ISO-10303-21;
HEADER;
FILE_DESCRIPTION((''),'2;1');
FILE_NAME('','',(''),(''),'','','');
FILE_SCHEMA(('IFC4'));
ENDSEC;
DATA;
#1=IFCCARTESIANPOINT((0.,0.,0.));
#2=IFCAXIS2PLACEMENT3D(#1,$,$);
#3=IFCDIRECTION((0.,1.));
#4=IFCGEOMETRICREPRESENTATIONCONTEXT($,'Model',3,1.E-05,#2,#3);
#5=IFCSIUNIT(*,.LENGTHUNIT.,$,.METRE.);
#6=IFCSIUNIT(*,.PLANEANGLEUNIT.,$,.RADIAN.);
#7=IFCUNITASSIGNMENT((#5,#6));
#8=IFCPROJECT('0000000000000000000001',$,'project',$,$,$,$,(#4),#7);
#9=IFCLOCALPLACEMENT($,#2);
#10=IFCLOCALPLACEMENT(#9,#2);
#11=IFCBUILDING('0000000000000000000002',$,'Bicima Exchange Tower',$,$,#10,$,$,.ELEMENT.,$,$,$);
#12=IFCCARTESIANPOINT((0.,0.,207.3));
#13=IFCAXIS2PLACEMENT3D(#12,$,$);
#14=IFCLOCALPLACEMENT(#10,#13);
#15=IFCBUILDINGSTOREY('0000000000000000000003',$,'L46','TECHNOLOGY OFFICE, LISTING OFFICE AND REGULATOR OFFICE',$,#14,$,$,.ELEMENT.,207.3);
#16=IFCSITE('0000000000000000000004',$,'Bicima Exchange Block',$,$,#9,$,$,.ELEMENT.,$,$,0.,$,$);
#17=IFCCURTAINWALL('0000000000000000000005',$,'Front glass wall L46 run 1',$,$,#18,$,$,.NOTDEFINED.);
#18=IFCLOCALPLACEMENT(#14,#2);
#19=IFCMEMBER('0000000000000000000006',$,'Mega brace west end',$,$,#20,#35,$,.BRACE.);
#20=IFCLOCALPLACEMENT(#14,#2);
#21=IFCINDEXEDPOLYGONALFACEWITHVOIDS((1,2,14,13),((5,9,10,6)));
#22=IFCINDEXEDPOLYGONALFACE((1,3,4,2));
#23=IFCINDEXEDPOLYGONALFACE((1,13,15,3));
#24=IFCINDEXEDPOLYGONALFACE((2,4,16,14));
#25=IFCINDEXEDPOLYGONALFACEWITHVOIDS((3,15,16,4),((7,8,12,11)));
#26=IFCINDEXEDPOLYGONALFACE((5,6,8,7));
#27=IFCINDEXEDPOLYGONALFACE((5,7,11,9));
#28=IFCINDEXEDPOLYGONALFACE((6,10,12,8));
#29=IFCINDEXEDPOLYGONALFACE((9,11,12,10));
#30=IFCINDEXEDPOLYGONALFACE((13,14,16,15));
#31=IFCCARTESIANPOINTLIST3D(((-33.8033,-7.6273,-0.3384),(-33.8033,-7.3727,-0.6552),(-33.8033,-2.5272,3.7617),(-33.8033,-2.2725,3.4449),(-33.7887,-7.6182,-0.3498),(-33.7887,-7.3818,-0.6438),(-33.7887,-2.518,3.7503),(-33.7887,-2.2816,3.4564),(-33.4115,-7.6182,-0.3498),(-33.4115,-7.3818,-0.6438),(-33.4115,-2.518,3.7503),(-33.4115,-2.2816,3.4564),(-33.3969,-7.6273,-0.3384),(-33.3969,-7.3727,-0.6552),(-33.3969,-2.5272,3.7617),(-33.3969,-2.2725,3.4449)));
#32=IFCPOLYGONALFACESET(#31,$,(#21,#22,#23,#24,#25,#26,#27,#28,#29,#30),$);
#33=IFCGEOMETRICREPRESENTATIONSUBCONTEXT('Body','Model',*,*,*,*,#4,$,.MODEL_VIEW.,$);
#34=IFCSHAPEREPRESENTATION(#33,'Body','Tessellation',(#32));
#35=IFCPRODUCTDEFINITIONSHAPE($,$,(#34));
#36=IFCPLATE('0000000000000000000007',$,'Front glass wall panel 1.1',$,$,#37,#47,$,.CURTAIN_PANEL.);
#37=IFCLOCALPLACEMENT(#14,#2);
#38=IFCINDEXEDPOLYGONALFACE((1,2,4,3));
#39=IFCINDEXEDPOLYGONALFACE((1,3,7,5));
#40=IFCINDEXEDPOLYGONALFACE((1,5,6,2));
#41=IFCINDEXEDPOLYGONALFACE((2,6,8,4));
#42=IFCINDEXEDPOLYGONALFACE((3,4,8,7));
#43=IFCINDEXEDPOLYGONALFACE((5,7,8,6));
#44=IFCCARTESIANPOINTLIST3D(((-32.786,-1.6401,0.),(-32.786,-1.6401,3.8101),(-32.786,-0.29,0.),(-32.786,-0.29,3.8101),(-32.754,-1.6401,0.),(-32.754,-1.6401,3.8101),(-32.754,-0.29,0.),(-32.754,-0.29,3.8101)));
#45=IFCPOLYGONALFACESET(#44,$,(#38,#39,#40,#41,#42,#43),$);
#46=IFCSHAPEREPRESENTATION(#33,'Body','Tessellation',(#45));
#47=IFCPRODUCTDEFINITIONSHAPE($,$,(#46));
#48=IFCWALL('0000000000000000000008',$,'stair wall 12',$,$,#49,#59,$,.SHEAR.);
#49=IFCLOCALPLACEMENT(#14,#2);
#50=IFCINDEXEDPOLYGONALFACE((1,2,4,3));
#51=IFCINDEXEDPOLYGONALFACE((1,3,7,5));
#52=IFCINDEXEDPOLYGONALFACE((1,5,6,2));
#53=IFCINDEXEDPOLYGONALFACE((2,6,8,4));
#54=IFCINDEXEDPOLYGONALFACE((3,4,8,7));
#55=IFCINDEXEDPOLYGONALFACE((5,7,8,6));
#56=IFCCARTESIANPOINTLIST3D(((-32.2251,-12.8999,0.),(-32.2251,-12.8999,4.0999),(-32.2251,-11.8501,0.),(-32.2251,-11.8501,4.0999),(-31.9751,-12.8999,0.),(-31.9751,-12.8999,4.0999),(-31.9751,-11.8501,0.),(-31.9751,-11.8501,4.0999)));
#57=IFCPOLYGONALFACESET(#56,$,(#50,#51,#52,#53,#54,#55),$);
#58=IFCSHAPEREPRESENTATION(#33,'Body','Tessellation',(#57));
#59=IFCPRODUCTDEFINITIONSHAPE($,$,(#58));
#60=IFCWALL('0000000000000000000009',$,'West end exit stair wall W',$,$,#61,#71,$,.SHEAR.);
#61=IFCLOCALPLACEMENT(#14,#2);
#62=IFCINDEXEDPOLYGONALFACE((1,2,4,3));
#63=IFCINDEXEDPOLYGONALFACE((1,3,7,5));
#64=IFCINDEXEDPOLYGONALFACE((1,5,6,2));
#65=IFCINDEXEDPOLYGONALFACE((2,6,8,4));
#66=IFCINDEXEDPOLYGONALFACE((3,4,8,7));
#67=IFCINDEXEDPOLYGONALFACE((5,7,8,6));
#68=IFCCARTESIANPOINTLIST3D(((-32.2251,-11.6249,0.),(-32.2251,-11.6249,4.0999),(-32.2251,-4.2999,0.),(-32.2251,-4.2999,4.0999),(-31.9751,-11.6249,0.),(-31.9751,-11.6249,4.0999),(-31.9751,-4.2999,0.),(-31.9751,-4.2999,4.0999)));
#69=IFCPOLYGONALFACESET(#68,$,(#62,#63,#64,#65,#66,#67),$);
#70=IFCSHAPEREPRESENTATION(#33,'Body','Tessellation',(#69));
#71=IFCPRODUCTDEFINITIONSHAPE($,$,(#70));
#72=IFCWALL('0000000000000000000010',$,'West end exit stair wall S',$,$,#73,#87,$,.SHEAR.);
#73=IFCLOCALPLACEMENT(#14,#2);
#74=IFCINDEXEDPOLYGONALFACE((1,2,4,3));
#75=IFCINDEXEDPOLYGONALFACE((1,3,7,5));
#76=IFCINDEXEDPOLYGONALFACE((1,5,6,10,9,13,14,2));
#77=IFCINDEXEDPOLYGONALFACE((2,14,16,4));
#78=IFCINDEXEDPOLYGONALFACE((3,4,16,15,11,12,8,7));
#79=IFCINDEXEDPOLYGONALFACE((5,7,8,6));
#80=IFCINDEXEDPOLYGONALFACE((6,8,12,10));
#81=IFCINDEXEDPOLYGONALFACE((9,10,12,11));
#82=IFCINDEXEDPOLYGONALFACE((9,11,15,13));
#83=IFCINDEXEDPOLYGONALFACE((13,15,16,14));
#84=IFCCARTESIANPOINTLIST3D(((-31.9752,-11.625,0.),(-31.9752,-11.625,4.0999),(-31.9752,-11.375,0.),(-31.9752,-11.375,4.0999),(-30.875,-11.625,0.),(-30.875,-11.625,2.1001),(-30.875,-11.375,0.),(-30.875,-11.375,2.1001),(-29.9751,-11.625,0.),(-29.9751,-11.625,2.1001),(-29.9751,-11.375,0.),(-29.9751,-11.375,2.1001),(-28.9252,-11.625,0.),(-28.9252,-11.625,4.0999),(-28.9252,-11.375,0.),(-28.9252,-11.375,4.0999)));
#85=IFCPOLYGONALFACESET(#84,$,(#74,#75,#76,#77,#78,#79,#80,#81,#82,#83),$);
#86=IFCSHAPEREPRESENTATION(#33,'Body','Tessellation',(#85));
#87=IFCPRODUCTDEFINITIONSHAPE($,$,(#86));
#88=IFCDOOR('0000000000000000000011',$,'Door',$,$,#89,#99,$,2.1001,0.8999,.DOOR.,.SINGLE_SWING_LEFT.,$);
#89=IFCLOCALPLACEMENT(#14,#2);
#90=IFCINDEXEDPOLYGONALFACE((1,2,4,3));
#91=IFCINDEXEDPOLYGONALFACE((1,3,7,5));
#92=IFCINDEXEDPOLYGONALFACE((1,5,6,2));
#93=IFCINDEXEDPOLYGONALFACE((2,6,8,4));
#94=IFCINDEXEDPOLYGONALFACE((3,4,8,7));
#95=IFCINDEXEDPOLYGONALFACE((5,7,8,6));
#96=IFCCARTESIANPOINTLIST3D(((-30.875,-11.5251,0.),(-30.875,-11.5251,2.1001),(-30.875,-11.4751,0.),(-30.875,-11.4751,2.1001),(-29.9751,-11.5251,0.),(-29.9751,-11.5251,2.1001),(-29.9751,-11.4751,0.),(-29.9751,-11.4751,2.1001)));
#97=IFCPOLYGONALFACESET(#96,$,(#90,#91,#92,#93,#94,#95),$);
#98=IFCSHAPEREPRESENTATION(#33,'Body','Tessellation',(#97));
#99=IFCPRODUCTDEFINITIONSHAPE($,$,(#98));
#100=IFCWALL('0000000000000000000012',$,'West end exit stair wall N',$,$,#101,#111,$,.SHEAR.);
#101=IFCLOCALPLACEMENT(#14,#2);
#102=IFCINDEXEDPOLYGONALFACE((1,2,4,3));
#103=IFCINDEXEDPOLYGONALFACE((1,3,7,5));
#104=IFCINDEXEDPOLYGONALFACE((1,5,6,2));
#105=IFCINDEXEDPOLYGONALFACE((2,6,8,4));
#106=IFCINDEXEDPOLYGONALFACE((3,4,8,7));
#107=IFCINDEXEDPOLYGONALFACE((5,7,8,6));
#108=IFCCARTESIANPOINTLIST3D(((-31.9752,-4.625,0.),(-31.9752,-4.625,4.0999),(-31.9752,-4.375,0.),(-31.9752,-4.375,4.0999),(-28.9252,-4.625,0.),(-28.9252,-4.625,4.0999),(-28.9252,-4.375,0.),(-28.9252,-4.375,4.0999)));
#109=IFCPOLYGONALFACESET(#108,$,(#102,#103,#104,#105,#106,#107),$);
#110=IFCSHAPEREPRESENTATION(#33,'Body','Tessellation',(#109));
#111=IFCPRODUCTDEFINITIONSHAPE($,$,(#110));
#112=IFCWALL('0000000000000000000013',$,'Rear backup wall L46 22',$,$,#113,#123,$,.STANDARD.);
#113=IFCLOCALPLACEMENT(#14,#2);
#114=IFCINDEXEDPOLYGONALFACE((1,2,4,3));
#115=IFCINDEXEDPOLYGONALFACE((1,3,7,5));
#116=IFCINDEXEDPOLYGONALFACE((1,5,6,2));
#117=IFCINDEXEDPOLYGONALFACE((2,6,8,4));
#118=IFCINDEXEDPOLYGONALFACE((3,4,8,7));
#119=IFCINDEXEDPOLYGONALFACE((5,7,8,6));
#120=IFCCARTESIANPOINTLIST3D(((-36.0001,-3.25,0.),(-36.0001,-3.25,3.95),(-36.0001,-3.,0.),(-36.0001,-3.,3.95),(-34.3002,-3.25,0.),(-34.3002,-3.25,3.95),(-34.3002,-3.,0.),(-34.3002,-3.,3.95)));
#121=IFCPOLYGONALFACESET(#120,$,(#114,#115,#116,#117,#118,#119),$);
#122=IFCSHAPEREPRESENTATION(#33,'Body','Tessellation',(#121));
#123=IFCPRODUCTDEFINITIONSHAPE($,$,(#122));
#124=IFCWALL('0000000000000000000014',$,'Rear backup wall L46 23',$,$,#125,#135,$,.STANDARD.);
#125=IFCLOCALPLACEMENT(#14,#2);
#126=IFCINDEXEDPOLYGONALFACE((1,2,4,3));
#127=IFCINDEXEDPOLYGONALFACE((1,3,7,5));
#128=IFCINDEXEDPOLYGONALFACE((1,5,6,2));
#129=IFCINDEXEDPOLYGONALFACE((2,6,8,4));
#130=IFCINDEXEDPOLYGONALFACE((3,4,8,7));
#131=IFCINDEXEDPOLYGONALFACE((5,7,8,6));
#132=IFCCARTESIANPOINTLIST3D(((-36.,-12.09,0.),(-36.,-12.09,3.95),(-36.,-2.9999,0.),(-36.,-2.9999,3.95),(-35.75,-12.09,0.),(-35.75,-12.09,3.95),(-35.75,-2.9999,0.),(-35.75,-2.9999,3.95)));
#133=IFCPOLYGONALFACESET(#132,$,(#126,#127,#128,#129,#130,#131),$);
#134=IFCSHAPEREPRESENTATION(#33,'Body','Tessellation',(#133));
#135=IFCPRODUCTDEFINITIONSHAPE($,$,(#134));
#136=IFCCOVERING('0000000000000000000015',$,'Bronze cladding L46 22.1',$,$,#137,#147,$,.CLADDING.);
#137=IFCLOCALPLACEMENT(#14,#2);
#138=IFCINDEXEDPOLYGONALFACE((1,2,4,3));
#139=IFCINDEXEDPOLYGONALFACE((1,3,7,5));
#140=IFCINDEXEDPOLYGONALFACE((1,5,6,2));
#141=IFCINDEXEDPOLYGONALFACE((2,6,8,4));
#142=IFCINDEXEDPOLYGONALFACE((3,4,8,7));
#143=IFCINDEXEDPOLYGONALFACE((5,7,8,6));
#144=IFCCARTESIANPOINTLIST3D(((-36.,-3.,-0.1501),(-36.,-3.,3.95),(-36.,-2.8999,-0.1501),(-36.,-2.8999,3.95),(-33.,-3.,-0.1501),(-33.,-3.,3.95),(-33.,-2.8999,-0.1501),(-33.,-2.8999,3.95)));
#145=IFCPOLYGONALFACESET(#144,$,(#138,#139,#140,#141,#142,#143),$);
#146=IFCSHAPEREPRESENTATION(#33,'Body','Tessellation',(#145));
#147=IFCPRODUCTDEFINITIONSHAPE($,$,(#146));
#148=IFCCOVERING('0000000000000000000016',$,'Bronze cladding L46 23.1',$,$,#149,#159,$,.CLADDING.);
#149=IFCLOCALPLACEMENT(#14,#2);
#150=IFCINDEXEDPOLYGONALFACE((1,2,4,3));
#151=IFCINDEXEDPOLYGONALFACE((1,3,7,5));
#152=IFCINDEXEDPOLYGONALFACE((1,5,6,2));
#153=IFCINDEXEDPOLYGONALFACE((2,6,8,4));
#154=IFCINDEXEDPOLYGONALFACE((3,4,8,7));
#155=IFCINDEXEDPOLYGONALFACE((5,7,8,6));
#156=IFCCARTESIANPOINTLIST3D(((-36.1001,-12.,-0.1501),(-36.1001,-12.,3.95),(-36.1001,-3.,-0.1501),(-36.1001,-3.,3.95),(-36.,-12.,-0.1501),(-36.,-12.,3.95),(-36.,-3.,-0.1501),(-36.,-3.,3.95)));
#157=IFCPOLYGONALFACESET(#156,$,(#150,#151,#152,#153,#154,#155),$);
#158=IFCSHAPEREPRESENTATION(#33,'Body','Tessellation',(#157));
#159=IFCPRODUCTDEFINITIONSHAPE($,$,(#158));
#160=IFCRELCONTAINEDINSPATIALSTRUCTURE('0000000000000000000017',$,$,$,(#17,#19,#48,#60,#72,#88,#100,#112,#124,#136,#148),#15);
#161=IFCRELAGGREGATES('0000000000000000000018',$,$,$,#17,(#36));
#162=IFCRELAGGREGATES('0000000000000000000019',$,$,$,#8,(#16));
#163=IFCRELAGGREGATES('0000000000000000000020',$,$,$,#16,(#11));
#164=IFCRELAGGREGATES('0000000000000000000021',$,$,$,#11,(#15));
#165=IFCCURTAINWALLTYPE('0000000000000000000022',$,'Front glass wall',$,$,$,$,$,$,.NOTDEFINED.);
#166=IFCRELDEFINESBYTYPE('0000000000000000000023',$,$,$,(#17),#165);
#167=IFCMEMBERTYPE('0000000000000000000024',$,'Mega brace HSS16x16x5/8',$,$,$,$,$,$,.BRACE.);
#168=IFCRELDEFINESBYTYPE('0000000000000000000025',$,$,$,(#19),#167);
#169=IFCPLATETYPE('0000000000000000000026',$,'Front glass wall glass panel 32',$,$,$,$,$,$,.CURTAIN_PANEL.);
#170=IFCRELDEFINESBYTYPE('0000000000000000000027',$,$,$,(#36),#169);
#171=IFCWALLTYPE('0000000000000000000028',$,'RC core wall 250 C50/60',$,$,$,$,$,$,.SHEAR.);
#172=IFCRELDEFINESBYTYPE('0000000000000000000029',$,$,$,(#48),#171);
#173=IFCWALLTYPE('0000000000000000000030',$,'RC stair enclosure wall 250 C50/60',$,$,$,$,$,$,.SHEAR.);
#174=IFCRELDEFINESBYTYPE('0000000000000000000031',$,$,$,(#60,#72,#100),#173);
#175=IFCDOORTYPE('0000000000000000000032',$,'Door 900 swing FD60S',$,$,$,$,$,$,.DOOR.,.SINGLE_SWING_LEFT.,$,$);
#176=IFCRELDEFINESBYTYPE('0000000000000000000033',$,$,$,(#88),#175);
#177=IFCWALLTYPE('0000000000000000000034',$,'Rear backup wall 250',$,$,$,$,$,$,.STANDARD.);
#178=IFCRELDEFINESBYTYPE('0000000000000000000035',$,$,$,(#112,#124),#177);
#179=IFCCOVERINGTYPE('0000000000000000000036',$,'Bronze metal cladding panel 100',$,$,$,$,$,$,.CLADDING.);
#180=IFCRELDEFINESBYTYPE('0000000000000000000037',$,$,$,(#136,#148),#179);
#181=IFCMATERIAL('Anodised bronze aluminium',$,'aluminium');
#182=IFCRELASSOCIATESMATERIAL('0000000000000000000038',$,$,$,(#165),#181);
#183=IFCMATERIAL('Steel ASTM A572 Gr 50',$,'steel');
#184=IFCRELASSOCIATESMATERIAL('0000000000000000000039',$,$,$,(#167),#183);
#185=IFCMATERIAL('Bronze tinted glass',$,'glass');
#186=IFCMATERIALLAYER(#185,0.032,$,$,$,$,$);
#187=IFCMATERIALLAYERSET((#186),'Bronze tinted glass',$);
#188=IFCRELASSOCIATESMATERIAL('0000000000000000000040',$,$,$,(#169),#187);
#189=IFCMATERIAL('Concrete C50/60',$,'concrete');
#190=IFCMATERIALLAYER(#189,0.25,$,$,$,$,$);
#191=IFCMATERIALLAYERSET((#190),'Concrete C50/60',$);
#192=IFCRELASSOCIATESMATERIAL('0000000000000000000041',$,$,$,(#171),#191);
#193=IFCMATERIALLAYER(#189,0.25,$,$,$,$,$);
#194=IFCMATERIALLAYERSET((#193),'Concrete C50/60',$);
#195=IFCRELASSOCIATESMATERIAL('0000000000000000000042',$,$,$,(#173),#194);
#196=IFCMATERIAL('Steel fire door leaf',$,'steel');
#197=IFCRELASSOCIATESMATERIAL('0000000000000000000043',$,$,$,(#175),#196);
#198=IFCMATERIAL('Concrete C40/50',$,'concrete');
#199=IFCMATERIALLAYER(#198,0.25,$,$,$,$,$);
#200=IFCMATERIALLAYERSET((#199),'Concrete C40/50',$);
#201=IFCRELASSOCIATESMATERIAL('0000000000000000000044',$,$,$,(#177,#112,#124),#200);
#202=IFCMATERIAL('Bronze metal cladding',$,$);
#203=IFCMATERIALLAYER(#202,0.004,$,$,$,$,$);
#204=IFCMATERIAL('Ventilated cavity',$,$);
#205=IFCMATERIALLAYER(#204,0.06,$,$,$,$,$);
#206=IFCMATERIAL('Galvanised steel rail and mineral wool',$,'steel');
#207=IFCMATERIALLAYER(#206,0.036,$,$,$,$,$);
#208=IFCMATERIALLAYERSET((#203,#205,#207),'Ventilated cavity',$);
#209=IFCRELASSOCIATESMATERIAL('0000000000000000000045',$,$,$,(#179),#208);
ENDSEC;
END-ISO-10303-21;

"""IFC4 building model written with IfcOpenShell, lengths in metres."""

from ifc_helpers import new_model, si_unit, direction, frame, frame_2d, origin, origin_2d, place, context, subcontext, project, spatial, rectangle, hollow_rectangle, extrude, material, layer, layer_set, layer_usage, material_profile, profile_set, type_object, element, fill, aggregate, save


model = new_model("IFC4")

# Units and contexts
model_context = context("Model", 3, precision=1e-05, world=origin(), true_north=direction((0.0, 1.0)))
body_context = subcontext(model_context, "Body", "Model", "MODEL_VIEW")
ifc_project = project(units=[si_unit("LENGTHUNIT", "METRE"), si_unit("PLANEANGLEUNIT", "RADIAN")], contexts=[model_context])

# Site, building, storey
site_placement = place(None, origin())
site = spatial("IfcSite", under=ifc_project, at=site_placement, Name="Bicima Exchange Block", CompositionType="ELEMENT", RefElevation=0.0)
building_placement = place(site_placement, origin())
building = spatial("IfcBuilding", under=site, at=building_placement, Name="Bicima Exchange Tower", CompositionType="ELEMENT")
storey_placement = place(building_placement, frame((0.0, 0.0, 207.3)))
storey = spatial("IfcBuildingStorey", under=building, at=storey_placement, Name="L46", Description="TECHNOLOGY OFFICE, LISTING OFFICE AND REGULATOR OFFICE", CompositionType="ELEMENT", Elevation=207.3)

# Shared definitions
ifc_material_1 = material(Name="Steel ASTM A572 Gr 50", Category="steel")

# Shared definitions
ifc_material_2 = material(Name="Anodised bronze aluminium", Category="aluminium")

# Curtain wall
curtain_wall_type_1 = type_object("IfcCurtainWallType", Name="Front glass wall", PredefinedType="NOTDEFINED", material=ifc_material_2)
curtain_wall_1_placement = place(storey_placement, origin())
curtain_wall_1 = element("IfcCurtainWall", 1, at=curtain_wall_1_placement, inside=storey, type_object=curtain_wall_type_1, Name="Front glass wall L46 run 1", PredefinedType="NOTDEFINED")

# Member
ifc_material_profile_1 = material_profile(ifc_material_1, hollow_rectangle(XDim=0.4065, YDim=0.4065, WallThickness=0.0146, at=origin_2d()))
ifc_profile_set_1 = profile_set([ifc_material_profile_1], Name="Steel ASTM A572 Gr 50")
member_type_1 = type_object("IfcMemberType", Name="Mega brace HSS16x16x5/8", PredefinedType="BRACE", material=ifc_profile_set_1)
for number, where, z_axis, x_axis, name in (
    (2, (-33.6001, -7.5, -0.4968), (0.0, 0.779374, 0.626559), (-1.0, 0.0, 0.0), "Mega brace west end"),
):
    element("IfcMember", number, at=place(storey_placement, frame(where, z_axis=z_axis, x_axis=x_axis)), inside=storey, type_object=member_type_1, Name=name, PredefinedType="BRACE", context=body_context, shape_type="SweptSolid", body=[
        extrude(hollow_rectangle(XDim=0.4065, YDim=0.4065, WallThickness=0.0146, at=origin_2d()), origin(), (0.0, 0.0, 1.0), 6.5439),
    ])

# Plate
ifc_material_3 = material(Name="Bronze tinted glass", Category="glass")
ifc_layer_1 = layer(ifc_material_3, 0.032)
ifc_layer_set_1 = layer_set([ifc_layer_1], Name="Bronze tinted glass")
plate_type = type_object("IfcPlateType", Name="Front glass wall glass panel 32", PredefinedType="CURTAIN_PANEL", material=ifc_layer_set_1)
plate_placement = place(storey_placement, frame((-32.77, -0.9651, 0.0), z_axis=(0.0, 0.0, 1.0), x_axis=(0.0, -1.0, 0.0)))
plate = element("IfcPlate", 3, at=plate_placement, type_object=plate_type, Name="Front glass wall panel 1.1", PredefinedType="CURTAIN_PANEL", context=body_context, shape_type="SweptSolid", body=[
    extrude(rectangle(XDim=1.3501, YDim=0.032, at=origin_2d()), origin(), (0.0, 0.0, 1.0), 3.8101),
])
aggregate(curtain_wall_1, [plate])

# Walls
ifc_material_4 = material(Name="Concrete C50/60", Category="concrete")
ifc_layer_2 = layer(ifc_material_4, 0.25)
ifc_layer_set_2 = layer_set([ifc_layer_2], Name="Concrete C50/60")
wall_type_1 = type_object("IfcWallType", Name="RC core wall 250 C50/60", PredefinedType="SHEAR", material=ifc_layer_set_2)
wall_1_placement = place(storey_placement, frame((-32.1001, -12.8999, 0.0), z_axis=(0.0, 0.0, 1.0), x_axis=(0.0, 1.0, 0.0)))
element("IfcWall", 4, at=wall_1_placement, inside=storey, type_object=wall_type_1, Name="stair wall 12", PredefinedType="SHEAR", context=body_context, shape_type="SweptSolid", body=[
    extrude(rectangle(XDim=1.0498, YDim=0.25, at=frame_2d((0.5249, 0.0))), origin(), (0.0, 0.0, 1.0), 4.0999),
])
ifc_layer_3 = layer(ifc_material_4, 0.25)
ifc_layer_set_3 = layer_set([ifc_layer_3], Name="Concrete C50/60")
wall_type_2 = type_object("IfcWallType", Name="RC stair enclosure wall 250 C50/60", PredefinedType="SHEAR", material=ifc_layer_set_3)
wall_2_placement = place(storey_placement, frame((-32.1001, -11.625, 0.0), z_axis=(0.0, 0.0, 1.0), x_axis=(0.0, 1.0, 0.0)))
element("IfcWall", 5, at=wall_2_placement, inside=storey, type_object=wall_type_2, Name="West end exit stair wall W", PredefinedType="SHEAR", context=body_context, shape_type="SweptSolid", body=[
    extrude(rectangle(XDim=7.325, YDim=0.25, at=frame_2d((3.6626, 0.0))), origin(), (0.0, 0.0, 1.0), 4.0999),
])

# Wall, opening, door
wall_3_placement = place(storey_placement, frame((-31.9751, -11.5, 0.0), z_axis=(0.0, 0.0, 1.0), x_axis=(1.0, 0.0, 0.0)))
wall_3 = element("IfcWall", 6, at=wall_3_placement, inside=storey, type_object=wall_type_2, Name="West end exit stair wall S", PredefinedType="SHEAR", context=body_context, shape_type="SweptSolid", body=[
    extrude(rectangle(XDim=3.05, YDim=0.25, at=frame_2d((1.5249, 0.0))), origin(), (0.0, 0.0, 1.0), 4.0999),
])
opening_placement = place(wall_3_placement, frame((1.1001, 0.0, 0.0)))
opening = element("IfcOpeningElement", 7, at=opening_placement, cuts=wall_3, PredefinedType="OPENING", context=body_context, shape_type="SweptSolid", body=[
    extrude(rectangle(XDim=0.8999, YDim=2.1001, at=frame_2d((0.45, 1.05))), frame((0.0, 0.137, 0.0), z_axis=(0.0, -1.0, 0.0), x_axis=(1.0, 0.0, 0.0)), (0.0, 0.0, 1.0), 0.2739),
])
ifc_material_5 = material(Name="Steel fire door leaf", Category="steel")
door_type = type_object("IfcDoorType", Name="Door 900 swing FD60S", OperationType="SINGLE_SWING_LEFT", PredefinedType="DOOR", material=ifc_material_5)
door_placement = place(opening_placement, origin())
door = element("IfcDoor", 8, at=door_placement, inside=storey, type_object=door_type, Name="Door", OperationType="SINGLE_SWING_LEFT", OverallHeight=2.1001, OverallWidth=0.8999, PredefinedType="DOOR", context=body_context, shape_type="SweptSolid", body=[
    extrude(rectangle(XDim=0.8999, YDim=2.1001, at=frame_2d((0.45, 1.05))), frame((0.0, 0.0249, 0.0), z_axis=(0.0, -1.0, 0.0), x_axis=(1.0, 0.0, 0.0)), (0.0, 0.0, 1.0), 0.05),
])
fill(opening, door)

# Walls
wall_4_placement = place(storey_placement, frame((-31.9751, -4.5, 0.0), z_axis=(0.0, 0.0, 1.0), x_axis=(1.0, 0.0, 0.0)))
element("IfcWall", 9, at=wall_4_placement, inside=storey, type_object=wall_type_2, Name="West end exit stair wall N", PredefinedType="SHEAR", context=body_context, shape_type="SweptSolid", body=[
    extrude(rectangle(XDim=3.05, YDim=0.25, at=frame_2d((1.5249, 0.0))), origin(), (0.0, 0.0, 1.0), 4.0999),
])
ifc_material_6 = material(Name="Concrete C40/50", Category="concrete")
ifc_layer_4 = layer(ifc_material_6, 0.25)
ifc_layer_set_4 = layer_set([ifc_layer_4], Name="Concrete C40/50")
ifc_layer_usage = layer_usage(ifc_layer_set_4, "AXIS2", "POSITIVE", -0.125)
wall_type_3 = type_object("IfcWallType", Name="Rear backup wall 250", PredefinedType="STANDARD", material=ifc_layer_set_4)
wall_5_placement = place(storey_placement, frame((-34.3, -3.125, 0.0), z_axis=(0.0, 0.0, 1.0), x_axis=(-1.0, 0.0, 0.0)))
element("IfcWall", 10, at=wall_5_placement, inside=storey, type_object=wall_type_3, material=ifc_layer_usage, Name="Rear backup wall L46 22", PredefinedType="STANDARD", context=body_context, shape_type="SweptSolid", body=[
    extrude(rectangle(XDim=1.7, YDim=0.25, at=frame_2d((0.8501, 0.0))), origin(), (0.0, 0.0, 1.0), 3.95),
])
wall_6_placement = place(storey_placement, frame((-35.875, -3.0, 0.0), z_axis=(0.0, 0.0, 1.0), x_axis=(0.0, -1.0, 0.0)))
element("IfcWall", 11, at=wall_6_placement, inside=storey, type_object=wall_type_3, material=ifc_layer_usage, Name="Rear backup wall L46 23", PredefinedType="STANDARD", context=body_context, shape_type="SweptSolid", body=[
    extrude(rectangle(XDim=9.0901, YDim=0.25, at=frame_2d((4.5449, 0.0))), origin(), (0.0, 0.0, 1.0), 3.95),
])

# Coverings
ifc_material_7 = material(Name="Bronze metal cladding")
ifc_layer_5 = layer(ifc_material_7, 0.004)
ifc_material_8 = material(Name="Ventilated cavity")
ifc_layer_6 = layer(ifc_material_8, 0.06)
ifc_material_9 = material(Name="Galvanised steel rail and mineral wool", Category="steel")
ifc_layer_7 = layer(ifc_material_9, 0.036)
ifc_layer_set_5 = layer_set([ifc_layer_5, ifc_layer_6, ifc_layer_7], Name="Ventilated cavity")
covering_type = type_object("IfcCoveringType", Name="Bronze metal cladding panel 100", PredefinedType="CLADDING", material=ifc_layer_set_5)
covering_1_placement = place(storey_placement, frame((-34.5, -2.95, -0.1501), z_axis=(0.0, 0.0, 1.0), x_axis=(-1.0, 0.0, 0.0)))
element("IfcCovering", 12, at=covering_1_placement, inside=storey, type_object=covering_type, Name="Bronze cladding L46 22.1", PredefinedType="CLADDING", context=body_context, shape_type="SweptSolid", body=[
    extrude(rectangle(XDim=3.0, YDim=0.1001, at=origin_2d()), origin(), (0.0, 0.0, 1.0), 4.1001),
])
covering_2_placement = place(storey_placement, frame((-36.05, -7.5, -0.1501), z_axis=(0.0, 0.0, 1.0), x_axis=(0.0, -1.0, 0.0)))
element("IfcCovering", 13, at=covering_2_placement, inside=storey, type_object=covering_type, Name="Bronze cladding L46 23.1", PredefinedType="CLADDING", context=body_context, shape_type="SweptSolid", body=[
    extrude(rectangle(XDim=9.0, YDim=0.1001, at=origin_2d()), origin(), (0.0, 0.0, 1.0), 4.1001),
])

save(model, "model.ifc")
